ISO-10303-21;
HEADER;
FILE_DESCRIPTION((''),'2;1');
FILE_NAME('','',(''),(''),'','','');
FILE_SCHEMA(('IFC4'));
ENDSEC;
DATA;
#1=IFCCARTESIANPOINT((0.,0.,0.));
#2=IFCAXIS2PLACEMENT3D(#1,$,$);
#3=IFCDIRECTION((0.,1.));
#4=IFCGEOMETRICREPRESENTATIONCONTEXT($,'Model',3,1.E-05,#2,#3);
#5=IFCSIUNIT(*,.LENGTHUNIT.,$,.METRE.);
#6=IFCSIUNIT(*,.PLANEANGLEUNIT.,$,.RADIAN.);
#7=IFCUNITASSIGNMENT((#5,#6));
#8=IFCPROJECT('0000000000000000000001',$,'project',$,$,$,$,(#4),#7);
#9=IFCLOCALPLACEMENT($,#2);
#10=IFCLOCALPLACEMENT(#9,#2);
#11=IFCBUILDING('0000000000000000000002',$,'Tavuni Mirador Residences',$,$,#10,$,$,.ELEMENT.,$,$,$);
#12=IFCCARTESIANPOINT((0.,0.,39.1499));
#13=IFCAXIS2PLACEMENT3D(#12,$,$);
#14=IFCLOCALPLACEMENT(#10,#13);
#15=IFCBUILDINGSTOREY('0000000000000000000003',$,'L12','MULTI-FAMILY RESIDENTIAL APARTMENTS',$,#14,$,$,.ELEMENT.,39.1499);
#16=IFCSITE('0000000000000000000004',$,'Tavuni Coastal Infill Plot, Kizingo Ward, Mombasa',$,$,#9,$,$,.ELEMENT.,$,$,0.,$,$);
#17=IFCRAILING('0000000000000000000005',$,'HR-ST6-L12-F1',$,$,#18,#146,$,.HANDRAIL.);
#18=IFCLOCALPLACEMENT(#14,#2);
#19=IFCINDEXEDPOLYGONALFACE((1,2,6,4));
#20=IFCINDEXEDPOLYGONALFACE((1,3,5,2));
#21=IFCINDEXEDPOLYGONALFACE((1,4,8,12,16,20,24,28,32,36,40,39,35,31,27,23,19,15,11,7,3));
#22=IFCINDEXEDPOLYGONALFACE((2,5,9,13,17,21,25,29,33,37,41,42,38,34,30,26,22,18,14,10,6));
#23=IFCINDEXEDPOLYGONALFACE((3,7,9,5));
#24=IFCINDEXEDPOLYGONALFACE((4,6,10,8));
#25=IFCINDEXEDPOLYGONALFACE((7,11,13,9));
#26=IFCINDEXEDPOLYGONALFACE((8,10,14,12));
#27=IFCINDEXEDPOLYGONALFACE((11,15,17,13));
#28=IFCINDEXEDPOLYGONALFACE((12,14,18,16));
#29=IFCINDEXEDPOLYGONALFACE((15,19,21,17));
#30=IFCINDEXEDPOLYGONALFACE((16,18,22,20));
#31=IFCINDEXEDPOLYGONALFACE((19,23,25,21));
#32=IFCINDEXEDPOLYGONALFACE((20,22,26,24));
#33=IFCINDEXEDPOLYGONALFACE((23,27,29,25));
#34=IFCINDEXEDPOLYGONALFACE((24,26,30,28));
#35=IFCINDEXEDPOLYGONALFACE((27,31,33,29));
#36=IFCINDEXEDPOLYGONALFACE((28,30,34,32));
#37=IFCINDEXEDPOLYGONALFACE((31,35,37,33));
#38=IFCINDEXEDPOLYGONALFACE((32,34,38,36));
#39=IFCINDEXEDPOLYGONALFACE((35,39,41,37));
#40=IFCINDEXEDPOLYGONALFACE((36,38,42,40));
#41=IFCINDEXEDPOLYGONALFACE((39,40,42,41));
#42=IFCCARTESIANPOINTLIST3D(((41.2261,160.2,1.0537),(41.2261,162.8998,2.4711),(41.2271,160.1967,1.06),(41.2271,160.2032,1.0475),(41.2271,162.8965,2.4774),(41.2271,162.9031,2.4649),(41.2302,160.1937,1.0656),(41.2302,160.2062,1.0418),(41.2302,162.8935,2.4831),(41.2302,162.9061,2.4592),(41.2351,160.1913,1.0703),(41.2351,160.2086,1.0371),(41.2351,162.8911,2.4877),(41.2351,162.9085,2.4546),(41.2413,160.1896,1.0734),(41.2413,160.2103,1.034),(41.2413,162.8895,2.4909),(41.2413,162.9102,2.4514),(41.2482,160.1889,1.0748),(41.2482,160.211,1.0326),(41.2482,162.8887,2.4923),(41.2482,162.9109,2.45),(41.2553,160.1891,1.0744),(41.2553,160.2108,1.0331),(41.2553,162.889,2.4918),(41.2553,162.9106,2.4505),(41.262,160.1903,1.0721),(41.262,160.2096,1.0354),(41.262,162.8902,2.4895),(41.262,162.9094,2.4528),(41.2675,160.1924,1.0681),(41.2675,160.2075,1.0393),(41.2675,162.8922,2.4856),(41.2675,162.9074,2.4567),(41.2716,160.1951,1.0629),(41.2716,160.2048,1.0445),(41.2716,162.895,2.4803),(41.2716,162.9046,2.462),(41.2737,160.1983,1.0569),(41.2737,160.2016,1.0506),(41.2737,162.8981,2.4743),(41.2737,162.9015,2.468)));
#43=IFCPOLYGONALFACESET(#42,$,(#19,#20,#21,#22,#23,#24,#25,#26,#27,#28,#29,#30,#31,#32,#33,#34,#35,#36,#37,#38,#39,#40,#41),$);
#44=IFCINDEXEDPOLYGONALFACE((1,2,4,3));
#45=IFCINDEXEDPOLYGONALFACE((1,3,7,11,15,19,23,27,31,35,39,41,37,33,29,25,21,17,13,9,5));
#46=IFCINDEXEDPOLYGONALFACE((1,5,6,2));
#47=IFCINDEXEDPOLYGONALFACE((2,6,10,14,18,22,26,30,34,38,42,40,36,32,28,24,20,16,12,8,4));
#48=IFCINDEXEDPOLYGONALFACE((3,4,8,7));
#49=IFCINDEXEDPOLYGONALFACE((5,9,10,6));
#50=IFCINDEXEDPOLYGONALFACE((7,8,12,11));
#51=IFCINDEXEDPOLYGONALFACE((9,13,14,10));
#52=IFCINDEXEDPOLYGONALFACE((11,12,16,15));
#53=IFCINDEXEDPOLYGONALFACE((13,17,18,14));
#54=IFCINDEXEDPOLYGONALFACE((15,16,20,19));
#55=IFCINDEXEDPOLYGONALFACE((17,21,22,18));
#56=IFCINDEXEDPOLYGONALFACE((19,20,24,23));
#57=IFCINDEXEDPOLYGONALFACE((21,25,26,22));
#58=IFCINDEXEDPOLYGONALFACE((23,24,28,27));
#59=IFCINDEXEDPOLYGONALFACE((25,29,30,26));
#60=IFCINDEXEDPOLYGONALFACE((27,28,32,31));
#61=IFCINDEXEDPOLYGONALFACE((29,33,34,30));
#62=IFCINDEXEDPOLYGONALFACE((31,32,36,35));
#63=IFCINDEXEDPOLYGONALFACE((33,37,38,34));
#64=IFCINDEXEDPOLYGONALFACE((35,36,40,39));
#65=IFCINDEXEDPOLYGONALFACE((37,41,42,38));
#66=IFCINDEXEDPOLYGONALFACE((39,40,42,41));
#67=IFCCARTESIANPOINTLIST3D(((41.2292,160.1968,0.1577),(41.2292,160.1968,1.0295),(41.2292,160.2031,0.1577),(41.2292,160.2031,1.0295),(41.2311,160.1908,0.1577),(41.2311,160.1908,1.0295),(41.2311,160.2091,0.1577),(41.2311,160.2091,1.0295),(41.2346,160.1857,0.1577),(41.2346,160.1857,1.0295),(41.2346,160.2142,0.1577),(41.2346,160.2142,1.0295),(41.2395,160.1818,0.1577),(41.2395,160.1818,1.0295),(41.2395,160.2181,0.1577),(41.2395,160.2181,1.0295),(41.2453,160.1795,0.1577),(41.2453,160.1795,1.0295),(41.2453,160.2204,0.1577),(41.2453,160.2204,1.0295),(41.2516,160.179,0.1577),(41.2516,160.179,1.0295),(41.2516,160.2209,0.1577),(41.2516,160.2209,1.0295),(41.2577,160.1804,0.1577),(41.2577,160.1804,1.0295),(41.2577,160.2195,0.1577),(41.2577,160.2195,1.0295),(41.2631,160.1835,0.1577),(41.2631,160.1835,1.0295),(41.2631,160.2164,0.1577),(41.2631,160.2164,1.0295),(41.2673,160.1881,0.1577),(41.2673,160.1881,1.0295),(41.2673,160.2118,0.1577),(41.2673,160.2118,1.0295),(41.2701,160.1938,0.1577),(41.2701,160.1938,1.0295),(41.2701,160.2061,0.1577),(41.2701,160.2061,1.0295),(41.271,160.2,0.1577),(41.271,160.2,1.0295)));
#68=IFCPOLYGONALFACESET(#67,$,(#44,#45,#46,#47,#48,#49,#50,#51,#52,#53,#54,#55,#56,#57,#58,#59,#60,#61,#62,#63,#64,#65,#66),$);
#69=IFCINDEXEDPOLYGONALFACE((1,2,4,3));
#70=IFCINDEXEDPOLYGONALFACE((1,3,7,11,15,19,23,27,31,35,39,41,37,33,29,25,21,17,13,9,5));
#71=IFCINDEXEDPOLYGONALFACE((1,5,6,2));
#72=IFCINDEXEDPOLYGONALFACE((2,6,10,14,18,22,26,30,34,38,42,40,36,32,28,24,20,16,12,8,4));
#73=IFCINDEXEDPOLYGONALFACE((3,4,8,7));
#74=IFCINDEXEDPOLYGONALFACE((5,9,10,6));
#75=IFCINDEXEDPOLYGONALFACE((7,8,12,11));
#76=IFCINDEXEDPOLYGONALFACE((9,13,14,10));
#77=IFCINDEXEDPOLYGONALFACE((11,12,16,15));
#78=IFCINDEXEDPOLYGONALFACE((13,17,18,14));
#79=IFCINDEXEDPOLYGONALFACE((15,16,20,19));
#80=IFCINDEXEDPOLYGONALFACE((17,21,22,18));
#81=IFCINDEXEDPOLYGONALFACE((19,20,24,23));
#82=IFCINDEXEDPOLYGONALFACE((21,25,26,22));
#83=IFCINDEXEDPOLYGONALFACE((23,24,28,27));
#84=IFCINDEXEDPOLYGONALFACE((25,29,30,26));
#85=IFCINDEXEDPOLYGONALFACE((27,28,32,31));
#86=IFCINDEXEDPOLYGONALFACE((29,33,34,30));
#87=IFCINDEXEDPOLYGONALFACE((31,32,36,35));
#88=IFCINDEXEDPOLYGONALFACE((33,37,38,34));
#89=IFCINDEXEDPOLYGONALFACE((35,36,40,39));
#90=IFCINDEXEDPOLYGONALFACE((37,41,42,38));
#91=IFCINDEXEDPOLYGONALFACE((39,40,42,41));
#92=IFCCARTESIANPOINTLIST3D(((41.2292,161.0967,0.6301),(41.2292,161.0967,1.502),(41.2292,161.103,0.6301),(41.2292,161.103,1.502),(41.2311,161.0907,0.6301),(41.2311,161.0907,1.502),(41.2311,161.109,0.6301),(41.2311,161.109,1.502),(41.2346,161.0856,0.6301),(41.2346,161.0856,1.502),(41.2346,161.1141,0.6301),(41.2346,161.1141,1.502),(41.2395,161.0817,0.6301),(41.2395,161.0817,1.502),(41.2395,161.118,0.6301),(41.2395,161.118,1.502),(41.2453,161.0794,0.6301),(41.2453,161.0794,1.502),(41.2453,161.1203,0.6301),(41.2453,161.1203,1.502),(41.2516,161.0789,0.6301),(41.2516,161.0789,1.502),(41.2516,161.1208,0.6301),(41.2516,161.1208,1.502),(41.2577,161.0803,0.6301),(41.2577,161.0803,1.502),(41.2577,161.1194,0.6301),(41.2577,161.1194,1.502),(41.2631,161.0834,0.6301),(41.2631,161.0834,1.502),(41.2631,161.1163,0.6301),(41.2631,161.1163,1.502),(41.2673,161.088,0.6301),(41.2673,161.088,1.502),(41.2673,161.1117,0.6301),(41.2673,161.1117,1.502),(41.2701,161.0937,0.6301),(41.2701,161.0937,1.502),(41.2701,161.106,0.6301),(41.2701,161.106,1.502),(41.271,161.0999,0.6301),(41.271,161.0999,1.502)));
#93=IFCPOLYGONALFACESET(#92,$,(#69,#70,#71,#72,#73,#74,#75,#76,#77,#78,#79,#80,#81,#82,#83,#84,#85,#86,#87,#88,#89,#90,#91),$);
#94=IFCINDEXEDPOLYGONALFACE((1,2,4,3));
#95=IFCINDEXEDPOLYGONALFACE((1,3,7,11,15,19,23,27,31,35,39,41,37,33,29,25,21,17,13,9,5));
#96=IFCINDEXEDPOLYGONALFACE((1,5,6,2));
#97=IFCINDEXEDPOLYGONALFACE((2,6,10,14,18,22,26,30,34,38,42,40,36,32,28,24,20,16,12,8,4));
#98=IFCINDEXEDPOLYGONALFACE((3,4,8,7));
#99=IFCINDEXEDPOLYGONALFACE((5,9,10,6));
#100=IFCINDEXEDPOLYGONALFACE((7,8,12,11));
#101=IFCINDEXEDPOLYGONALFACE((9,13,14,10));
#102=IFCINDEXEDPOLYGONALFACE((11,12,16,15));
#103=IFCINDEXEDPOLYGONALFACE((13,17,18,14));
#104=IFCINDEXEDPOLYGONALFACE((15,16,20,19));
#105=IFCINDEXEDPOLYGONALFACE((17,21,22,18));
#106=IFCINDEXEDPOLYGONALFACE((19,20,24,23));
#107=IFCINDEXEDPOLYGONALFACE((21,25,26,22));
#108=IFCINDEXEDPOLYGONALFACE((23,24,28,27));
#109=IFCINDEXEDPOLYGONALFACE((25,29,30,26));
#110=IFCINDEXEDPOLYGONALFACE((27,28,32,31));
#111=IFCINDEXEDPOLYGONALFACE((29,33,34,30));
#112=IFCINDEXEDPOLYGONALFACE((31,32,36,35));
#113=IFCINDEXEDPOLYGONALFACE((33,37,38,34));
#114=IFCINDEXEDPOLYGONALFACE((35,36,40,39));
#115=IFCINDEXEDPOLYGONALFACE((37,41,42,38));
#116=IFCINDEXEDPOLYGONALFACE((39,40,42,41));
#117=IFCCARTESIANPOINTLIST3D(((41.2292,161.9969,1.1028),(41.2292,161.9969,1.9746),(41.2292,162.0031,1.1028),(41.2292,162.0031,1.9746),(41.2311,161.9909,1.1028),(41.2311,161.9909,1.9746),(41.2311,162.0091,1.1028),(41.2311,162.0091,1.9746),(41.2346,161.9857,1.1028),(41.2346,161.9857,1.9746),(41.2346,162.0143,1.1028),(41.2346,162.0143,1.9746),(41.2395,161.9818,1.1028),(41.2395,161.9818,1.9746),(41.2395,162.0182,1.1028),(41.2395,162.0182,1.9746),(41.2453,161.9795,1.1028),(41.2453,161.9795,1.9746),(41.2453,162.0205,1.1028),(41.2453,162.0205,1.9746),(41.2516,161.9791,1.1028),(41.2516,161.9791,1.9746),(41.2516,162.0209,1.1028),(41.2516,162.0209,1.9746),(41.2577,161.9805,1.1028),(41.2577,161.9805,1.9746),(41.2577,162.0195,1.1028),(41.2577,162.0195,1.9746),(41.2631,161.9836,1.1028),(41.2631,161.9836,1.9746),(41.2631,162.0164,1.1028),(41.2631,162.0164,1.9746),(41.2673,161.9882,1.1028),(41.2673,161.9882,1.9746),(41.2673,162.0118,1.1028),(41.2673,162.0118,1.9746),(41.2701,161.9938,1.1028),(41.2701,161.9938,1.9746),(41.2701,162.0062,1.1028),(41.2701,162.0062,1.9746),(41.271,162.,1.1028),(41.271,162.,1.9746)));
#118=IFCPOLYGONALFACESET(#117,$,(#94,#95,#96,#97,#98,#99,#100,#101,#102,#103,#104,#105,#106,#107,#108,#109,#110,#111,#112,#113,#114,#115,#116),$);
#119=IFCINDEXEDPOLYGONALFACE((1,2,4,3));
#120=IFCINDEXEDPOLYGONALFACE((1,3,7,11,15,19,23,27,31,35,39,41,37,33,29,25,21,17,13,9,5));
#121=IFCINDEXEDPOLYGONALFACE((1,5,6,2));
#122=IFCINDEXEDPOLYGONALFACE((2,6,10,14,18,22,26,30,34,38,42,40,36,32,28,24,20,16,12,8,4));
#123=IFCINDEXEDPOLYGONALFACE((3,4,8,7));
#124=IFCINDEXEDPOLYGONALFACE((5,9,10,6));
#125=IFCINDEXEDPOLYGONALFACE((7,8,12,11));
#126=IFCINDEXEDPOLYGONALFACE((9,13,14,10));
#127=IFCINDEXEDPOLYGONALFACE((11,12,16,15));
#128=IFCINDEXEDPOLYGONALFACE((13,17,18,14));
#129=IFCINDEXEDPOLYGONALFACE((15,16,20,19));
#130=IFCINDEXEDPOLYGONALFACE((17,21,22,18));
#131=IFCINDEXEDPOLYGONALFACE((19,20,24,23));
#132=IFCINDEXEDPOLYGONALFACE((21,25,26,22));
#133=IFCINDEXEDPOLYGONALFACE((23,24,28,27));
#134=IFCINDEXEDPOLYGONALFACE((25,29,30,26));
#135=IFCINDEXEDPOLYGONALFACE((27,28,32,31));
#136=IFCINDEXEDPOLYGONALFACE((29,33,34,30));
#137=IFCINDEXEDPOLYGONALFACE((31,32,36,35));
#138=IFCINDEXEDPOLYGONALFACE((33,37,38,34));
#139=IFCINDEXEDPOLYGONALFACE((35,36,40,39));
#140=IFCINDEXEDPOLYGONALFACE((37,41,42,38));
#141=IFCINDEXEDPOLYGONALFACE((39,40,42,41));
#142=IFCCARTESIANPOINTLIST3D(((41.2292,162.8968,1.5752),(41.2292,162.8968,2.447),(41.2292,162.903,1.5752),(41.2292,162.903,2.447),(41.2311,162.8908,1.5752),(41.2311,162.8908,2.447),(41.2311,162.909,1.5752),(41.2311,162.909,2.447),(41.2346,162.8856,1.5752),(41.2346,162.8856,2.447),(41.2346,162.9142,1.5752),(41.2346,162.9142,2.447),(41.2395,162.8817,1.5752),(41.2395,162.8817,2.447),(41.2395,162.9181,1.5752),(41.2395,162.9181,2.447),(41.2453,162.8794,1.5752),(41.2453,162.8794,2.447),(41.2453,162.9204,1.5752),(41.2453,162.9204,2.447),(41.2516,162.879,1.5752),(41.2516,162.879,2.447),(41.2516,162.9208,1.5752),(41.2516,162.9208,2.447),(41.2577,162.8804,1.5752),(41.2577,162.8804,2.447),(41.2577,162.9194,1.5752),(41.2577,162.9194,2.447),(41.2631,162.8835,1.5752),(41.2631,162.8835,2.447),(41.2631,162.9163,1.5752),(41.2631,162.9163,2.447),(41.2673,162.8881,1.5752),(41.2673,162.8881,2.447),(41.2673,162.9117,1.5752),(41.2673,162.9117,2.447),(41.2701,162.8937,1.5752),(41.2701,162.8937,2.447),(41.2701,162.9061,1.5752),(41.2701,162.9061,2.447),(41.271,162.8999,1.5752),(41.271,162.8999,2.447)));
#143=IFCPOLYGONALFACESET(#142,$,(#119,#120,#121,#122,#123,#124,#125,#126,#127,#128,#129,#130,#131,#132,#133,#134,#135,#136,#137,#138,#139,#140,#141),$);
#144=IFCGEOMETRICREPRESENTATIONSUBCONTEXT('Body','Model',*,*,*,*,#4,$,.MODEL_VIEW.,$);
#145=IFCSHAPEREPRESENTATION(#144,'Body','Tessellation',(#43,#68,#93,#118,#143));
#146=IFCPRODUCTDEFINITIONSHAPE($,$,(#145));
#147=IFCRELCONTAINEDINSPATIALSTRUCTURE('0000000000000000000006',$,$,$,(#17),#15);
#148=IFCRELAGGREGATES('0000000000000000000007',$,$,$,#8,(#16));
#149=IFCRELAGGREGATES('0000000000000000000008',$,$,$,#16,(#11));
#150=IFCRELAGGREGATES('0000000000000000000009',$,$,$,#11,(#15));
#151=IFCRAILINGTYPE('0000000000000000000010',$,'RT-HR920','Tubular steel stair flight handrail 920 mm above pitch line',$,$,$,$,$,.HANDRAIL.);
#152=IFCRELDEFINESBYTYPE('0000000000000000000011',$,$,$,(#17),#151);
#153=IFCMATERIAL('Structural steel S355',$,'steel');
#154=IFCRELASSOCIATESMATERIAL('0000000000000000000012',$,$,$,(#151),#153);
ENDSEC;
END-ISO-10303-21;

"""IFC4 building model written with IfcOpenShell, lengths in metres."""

from ifc_helpers import new_model, si_unit, direction, frame, origin, origin_2d, place, context, subcontext, project, spatial, circle, extrude, material, type_object, element, save


model = new_model("IFC4")

# Units and contexts
model_context = context("Model", 3, precision=1e-05, world=origin(), true_north=direction((0.0, 1.0)))
body_context = subcontext(model_context, "Body", "Model", "MODEL_VIEW")
ifc_project = project(units=[si_unit("LENGTHUNIT", "METRE"), si_unit("PLANEANGLEUNIT", "RADIAN")], contexts=[model_context])

# Site, building, storey
site_placement = place(None, origin())
site = spatial("IfcSite", under=ifc_project, at=site_placement, Name="Tavuni Coastal Infill Plot, Kizingo Ward, Mombasa", CompositionType="ELEMENT", RefElevation=0.0)
building_placement = place(site_placement, origin())
building = spatial("IfcBuilding", under=site, at=building_placement, Name="Tavuni Mirador Residences", CompositionType="ELEMENT")
storey_placement = place(building_placement, frame((0.0, 0.0, 39.1499)))
storey = spatial("IfcBuildingStorey", under=building, at=storey_placement, Name="L12", Description="MULTI-FAMILY RESIDENTIAL APARTMENTS", CompositionType="ELEMENT", Elevation=39.1499)

# Railing
ifc_material_1 = material(Name="Structural steel S355", Category="steel")
railing_type_1 = type_object("IfcRailingType", Name="RT-HR920", Description="Tubular steel stair flight handrail 920 mm above pitch line", PredefinedType="HANDRAIL", material=ifc_material_1)
railing_1_placement = place(storey_placement, frame((41.25, 160.2, 0.1577)))
element("IfcRailing", 1, at=railing_1_placement, inside=storey, type_object=railing_type_1, Name="HR-ST6-L12-F1", PredefinedType="HANDRAIL", context=body_context, shape_type="SweptSolid", body=[
    extrude(circle(Radius=0.0239, at=origin_2d()), frame((0.0, 0.0, 0.896), z_axis=(0.0, 0.885397, 0.464835), x_axis=(-1.0, 0.0, 0.0)), (0.0, 0.0, 1.0), 3.0493),
    extrude(circle(Radius=0.021, at=origin_2d()), origin(), (0.0, 0.0, 1.0), 0.8718),
    extrude(circle(Radius=0.021, at=origin_2d()), frame((0.0, 0.8999, 0.4724)), (0.0, 0.0, 1.0), 0.8718),
    extrude(circle(Radius=0.021, at=origin_2d()), frame((0.0, 1.8, 0.9451)), (0.0, 0.0, 1.0), 0.8718),
    extrude(circle(Radius=0.021, at=origin_2d()), frame((0.0, 2.7, 1.4175)), (0.0, 0.0, 1.0), 0.8718),
])

save(model, "model.ifc")
